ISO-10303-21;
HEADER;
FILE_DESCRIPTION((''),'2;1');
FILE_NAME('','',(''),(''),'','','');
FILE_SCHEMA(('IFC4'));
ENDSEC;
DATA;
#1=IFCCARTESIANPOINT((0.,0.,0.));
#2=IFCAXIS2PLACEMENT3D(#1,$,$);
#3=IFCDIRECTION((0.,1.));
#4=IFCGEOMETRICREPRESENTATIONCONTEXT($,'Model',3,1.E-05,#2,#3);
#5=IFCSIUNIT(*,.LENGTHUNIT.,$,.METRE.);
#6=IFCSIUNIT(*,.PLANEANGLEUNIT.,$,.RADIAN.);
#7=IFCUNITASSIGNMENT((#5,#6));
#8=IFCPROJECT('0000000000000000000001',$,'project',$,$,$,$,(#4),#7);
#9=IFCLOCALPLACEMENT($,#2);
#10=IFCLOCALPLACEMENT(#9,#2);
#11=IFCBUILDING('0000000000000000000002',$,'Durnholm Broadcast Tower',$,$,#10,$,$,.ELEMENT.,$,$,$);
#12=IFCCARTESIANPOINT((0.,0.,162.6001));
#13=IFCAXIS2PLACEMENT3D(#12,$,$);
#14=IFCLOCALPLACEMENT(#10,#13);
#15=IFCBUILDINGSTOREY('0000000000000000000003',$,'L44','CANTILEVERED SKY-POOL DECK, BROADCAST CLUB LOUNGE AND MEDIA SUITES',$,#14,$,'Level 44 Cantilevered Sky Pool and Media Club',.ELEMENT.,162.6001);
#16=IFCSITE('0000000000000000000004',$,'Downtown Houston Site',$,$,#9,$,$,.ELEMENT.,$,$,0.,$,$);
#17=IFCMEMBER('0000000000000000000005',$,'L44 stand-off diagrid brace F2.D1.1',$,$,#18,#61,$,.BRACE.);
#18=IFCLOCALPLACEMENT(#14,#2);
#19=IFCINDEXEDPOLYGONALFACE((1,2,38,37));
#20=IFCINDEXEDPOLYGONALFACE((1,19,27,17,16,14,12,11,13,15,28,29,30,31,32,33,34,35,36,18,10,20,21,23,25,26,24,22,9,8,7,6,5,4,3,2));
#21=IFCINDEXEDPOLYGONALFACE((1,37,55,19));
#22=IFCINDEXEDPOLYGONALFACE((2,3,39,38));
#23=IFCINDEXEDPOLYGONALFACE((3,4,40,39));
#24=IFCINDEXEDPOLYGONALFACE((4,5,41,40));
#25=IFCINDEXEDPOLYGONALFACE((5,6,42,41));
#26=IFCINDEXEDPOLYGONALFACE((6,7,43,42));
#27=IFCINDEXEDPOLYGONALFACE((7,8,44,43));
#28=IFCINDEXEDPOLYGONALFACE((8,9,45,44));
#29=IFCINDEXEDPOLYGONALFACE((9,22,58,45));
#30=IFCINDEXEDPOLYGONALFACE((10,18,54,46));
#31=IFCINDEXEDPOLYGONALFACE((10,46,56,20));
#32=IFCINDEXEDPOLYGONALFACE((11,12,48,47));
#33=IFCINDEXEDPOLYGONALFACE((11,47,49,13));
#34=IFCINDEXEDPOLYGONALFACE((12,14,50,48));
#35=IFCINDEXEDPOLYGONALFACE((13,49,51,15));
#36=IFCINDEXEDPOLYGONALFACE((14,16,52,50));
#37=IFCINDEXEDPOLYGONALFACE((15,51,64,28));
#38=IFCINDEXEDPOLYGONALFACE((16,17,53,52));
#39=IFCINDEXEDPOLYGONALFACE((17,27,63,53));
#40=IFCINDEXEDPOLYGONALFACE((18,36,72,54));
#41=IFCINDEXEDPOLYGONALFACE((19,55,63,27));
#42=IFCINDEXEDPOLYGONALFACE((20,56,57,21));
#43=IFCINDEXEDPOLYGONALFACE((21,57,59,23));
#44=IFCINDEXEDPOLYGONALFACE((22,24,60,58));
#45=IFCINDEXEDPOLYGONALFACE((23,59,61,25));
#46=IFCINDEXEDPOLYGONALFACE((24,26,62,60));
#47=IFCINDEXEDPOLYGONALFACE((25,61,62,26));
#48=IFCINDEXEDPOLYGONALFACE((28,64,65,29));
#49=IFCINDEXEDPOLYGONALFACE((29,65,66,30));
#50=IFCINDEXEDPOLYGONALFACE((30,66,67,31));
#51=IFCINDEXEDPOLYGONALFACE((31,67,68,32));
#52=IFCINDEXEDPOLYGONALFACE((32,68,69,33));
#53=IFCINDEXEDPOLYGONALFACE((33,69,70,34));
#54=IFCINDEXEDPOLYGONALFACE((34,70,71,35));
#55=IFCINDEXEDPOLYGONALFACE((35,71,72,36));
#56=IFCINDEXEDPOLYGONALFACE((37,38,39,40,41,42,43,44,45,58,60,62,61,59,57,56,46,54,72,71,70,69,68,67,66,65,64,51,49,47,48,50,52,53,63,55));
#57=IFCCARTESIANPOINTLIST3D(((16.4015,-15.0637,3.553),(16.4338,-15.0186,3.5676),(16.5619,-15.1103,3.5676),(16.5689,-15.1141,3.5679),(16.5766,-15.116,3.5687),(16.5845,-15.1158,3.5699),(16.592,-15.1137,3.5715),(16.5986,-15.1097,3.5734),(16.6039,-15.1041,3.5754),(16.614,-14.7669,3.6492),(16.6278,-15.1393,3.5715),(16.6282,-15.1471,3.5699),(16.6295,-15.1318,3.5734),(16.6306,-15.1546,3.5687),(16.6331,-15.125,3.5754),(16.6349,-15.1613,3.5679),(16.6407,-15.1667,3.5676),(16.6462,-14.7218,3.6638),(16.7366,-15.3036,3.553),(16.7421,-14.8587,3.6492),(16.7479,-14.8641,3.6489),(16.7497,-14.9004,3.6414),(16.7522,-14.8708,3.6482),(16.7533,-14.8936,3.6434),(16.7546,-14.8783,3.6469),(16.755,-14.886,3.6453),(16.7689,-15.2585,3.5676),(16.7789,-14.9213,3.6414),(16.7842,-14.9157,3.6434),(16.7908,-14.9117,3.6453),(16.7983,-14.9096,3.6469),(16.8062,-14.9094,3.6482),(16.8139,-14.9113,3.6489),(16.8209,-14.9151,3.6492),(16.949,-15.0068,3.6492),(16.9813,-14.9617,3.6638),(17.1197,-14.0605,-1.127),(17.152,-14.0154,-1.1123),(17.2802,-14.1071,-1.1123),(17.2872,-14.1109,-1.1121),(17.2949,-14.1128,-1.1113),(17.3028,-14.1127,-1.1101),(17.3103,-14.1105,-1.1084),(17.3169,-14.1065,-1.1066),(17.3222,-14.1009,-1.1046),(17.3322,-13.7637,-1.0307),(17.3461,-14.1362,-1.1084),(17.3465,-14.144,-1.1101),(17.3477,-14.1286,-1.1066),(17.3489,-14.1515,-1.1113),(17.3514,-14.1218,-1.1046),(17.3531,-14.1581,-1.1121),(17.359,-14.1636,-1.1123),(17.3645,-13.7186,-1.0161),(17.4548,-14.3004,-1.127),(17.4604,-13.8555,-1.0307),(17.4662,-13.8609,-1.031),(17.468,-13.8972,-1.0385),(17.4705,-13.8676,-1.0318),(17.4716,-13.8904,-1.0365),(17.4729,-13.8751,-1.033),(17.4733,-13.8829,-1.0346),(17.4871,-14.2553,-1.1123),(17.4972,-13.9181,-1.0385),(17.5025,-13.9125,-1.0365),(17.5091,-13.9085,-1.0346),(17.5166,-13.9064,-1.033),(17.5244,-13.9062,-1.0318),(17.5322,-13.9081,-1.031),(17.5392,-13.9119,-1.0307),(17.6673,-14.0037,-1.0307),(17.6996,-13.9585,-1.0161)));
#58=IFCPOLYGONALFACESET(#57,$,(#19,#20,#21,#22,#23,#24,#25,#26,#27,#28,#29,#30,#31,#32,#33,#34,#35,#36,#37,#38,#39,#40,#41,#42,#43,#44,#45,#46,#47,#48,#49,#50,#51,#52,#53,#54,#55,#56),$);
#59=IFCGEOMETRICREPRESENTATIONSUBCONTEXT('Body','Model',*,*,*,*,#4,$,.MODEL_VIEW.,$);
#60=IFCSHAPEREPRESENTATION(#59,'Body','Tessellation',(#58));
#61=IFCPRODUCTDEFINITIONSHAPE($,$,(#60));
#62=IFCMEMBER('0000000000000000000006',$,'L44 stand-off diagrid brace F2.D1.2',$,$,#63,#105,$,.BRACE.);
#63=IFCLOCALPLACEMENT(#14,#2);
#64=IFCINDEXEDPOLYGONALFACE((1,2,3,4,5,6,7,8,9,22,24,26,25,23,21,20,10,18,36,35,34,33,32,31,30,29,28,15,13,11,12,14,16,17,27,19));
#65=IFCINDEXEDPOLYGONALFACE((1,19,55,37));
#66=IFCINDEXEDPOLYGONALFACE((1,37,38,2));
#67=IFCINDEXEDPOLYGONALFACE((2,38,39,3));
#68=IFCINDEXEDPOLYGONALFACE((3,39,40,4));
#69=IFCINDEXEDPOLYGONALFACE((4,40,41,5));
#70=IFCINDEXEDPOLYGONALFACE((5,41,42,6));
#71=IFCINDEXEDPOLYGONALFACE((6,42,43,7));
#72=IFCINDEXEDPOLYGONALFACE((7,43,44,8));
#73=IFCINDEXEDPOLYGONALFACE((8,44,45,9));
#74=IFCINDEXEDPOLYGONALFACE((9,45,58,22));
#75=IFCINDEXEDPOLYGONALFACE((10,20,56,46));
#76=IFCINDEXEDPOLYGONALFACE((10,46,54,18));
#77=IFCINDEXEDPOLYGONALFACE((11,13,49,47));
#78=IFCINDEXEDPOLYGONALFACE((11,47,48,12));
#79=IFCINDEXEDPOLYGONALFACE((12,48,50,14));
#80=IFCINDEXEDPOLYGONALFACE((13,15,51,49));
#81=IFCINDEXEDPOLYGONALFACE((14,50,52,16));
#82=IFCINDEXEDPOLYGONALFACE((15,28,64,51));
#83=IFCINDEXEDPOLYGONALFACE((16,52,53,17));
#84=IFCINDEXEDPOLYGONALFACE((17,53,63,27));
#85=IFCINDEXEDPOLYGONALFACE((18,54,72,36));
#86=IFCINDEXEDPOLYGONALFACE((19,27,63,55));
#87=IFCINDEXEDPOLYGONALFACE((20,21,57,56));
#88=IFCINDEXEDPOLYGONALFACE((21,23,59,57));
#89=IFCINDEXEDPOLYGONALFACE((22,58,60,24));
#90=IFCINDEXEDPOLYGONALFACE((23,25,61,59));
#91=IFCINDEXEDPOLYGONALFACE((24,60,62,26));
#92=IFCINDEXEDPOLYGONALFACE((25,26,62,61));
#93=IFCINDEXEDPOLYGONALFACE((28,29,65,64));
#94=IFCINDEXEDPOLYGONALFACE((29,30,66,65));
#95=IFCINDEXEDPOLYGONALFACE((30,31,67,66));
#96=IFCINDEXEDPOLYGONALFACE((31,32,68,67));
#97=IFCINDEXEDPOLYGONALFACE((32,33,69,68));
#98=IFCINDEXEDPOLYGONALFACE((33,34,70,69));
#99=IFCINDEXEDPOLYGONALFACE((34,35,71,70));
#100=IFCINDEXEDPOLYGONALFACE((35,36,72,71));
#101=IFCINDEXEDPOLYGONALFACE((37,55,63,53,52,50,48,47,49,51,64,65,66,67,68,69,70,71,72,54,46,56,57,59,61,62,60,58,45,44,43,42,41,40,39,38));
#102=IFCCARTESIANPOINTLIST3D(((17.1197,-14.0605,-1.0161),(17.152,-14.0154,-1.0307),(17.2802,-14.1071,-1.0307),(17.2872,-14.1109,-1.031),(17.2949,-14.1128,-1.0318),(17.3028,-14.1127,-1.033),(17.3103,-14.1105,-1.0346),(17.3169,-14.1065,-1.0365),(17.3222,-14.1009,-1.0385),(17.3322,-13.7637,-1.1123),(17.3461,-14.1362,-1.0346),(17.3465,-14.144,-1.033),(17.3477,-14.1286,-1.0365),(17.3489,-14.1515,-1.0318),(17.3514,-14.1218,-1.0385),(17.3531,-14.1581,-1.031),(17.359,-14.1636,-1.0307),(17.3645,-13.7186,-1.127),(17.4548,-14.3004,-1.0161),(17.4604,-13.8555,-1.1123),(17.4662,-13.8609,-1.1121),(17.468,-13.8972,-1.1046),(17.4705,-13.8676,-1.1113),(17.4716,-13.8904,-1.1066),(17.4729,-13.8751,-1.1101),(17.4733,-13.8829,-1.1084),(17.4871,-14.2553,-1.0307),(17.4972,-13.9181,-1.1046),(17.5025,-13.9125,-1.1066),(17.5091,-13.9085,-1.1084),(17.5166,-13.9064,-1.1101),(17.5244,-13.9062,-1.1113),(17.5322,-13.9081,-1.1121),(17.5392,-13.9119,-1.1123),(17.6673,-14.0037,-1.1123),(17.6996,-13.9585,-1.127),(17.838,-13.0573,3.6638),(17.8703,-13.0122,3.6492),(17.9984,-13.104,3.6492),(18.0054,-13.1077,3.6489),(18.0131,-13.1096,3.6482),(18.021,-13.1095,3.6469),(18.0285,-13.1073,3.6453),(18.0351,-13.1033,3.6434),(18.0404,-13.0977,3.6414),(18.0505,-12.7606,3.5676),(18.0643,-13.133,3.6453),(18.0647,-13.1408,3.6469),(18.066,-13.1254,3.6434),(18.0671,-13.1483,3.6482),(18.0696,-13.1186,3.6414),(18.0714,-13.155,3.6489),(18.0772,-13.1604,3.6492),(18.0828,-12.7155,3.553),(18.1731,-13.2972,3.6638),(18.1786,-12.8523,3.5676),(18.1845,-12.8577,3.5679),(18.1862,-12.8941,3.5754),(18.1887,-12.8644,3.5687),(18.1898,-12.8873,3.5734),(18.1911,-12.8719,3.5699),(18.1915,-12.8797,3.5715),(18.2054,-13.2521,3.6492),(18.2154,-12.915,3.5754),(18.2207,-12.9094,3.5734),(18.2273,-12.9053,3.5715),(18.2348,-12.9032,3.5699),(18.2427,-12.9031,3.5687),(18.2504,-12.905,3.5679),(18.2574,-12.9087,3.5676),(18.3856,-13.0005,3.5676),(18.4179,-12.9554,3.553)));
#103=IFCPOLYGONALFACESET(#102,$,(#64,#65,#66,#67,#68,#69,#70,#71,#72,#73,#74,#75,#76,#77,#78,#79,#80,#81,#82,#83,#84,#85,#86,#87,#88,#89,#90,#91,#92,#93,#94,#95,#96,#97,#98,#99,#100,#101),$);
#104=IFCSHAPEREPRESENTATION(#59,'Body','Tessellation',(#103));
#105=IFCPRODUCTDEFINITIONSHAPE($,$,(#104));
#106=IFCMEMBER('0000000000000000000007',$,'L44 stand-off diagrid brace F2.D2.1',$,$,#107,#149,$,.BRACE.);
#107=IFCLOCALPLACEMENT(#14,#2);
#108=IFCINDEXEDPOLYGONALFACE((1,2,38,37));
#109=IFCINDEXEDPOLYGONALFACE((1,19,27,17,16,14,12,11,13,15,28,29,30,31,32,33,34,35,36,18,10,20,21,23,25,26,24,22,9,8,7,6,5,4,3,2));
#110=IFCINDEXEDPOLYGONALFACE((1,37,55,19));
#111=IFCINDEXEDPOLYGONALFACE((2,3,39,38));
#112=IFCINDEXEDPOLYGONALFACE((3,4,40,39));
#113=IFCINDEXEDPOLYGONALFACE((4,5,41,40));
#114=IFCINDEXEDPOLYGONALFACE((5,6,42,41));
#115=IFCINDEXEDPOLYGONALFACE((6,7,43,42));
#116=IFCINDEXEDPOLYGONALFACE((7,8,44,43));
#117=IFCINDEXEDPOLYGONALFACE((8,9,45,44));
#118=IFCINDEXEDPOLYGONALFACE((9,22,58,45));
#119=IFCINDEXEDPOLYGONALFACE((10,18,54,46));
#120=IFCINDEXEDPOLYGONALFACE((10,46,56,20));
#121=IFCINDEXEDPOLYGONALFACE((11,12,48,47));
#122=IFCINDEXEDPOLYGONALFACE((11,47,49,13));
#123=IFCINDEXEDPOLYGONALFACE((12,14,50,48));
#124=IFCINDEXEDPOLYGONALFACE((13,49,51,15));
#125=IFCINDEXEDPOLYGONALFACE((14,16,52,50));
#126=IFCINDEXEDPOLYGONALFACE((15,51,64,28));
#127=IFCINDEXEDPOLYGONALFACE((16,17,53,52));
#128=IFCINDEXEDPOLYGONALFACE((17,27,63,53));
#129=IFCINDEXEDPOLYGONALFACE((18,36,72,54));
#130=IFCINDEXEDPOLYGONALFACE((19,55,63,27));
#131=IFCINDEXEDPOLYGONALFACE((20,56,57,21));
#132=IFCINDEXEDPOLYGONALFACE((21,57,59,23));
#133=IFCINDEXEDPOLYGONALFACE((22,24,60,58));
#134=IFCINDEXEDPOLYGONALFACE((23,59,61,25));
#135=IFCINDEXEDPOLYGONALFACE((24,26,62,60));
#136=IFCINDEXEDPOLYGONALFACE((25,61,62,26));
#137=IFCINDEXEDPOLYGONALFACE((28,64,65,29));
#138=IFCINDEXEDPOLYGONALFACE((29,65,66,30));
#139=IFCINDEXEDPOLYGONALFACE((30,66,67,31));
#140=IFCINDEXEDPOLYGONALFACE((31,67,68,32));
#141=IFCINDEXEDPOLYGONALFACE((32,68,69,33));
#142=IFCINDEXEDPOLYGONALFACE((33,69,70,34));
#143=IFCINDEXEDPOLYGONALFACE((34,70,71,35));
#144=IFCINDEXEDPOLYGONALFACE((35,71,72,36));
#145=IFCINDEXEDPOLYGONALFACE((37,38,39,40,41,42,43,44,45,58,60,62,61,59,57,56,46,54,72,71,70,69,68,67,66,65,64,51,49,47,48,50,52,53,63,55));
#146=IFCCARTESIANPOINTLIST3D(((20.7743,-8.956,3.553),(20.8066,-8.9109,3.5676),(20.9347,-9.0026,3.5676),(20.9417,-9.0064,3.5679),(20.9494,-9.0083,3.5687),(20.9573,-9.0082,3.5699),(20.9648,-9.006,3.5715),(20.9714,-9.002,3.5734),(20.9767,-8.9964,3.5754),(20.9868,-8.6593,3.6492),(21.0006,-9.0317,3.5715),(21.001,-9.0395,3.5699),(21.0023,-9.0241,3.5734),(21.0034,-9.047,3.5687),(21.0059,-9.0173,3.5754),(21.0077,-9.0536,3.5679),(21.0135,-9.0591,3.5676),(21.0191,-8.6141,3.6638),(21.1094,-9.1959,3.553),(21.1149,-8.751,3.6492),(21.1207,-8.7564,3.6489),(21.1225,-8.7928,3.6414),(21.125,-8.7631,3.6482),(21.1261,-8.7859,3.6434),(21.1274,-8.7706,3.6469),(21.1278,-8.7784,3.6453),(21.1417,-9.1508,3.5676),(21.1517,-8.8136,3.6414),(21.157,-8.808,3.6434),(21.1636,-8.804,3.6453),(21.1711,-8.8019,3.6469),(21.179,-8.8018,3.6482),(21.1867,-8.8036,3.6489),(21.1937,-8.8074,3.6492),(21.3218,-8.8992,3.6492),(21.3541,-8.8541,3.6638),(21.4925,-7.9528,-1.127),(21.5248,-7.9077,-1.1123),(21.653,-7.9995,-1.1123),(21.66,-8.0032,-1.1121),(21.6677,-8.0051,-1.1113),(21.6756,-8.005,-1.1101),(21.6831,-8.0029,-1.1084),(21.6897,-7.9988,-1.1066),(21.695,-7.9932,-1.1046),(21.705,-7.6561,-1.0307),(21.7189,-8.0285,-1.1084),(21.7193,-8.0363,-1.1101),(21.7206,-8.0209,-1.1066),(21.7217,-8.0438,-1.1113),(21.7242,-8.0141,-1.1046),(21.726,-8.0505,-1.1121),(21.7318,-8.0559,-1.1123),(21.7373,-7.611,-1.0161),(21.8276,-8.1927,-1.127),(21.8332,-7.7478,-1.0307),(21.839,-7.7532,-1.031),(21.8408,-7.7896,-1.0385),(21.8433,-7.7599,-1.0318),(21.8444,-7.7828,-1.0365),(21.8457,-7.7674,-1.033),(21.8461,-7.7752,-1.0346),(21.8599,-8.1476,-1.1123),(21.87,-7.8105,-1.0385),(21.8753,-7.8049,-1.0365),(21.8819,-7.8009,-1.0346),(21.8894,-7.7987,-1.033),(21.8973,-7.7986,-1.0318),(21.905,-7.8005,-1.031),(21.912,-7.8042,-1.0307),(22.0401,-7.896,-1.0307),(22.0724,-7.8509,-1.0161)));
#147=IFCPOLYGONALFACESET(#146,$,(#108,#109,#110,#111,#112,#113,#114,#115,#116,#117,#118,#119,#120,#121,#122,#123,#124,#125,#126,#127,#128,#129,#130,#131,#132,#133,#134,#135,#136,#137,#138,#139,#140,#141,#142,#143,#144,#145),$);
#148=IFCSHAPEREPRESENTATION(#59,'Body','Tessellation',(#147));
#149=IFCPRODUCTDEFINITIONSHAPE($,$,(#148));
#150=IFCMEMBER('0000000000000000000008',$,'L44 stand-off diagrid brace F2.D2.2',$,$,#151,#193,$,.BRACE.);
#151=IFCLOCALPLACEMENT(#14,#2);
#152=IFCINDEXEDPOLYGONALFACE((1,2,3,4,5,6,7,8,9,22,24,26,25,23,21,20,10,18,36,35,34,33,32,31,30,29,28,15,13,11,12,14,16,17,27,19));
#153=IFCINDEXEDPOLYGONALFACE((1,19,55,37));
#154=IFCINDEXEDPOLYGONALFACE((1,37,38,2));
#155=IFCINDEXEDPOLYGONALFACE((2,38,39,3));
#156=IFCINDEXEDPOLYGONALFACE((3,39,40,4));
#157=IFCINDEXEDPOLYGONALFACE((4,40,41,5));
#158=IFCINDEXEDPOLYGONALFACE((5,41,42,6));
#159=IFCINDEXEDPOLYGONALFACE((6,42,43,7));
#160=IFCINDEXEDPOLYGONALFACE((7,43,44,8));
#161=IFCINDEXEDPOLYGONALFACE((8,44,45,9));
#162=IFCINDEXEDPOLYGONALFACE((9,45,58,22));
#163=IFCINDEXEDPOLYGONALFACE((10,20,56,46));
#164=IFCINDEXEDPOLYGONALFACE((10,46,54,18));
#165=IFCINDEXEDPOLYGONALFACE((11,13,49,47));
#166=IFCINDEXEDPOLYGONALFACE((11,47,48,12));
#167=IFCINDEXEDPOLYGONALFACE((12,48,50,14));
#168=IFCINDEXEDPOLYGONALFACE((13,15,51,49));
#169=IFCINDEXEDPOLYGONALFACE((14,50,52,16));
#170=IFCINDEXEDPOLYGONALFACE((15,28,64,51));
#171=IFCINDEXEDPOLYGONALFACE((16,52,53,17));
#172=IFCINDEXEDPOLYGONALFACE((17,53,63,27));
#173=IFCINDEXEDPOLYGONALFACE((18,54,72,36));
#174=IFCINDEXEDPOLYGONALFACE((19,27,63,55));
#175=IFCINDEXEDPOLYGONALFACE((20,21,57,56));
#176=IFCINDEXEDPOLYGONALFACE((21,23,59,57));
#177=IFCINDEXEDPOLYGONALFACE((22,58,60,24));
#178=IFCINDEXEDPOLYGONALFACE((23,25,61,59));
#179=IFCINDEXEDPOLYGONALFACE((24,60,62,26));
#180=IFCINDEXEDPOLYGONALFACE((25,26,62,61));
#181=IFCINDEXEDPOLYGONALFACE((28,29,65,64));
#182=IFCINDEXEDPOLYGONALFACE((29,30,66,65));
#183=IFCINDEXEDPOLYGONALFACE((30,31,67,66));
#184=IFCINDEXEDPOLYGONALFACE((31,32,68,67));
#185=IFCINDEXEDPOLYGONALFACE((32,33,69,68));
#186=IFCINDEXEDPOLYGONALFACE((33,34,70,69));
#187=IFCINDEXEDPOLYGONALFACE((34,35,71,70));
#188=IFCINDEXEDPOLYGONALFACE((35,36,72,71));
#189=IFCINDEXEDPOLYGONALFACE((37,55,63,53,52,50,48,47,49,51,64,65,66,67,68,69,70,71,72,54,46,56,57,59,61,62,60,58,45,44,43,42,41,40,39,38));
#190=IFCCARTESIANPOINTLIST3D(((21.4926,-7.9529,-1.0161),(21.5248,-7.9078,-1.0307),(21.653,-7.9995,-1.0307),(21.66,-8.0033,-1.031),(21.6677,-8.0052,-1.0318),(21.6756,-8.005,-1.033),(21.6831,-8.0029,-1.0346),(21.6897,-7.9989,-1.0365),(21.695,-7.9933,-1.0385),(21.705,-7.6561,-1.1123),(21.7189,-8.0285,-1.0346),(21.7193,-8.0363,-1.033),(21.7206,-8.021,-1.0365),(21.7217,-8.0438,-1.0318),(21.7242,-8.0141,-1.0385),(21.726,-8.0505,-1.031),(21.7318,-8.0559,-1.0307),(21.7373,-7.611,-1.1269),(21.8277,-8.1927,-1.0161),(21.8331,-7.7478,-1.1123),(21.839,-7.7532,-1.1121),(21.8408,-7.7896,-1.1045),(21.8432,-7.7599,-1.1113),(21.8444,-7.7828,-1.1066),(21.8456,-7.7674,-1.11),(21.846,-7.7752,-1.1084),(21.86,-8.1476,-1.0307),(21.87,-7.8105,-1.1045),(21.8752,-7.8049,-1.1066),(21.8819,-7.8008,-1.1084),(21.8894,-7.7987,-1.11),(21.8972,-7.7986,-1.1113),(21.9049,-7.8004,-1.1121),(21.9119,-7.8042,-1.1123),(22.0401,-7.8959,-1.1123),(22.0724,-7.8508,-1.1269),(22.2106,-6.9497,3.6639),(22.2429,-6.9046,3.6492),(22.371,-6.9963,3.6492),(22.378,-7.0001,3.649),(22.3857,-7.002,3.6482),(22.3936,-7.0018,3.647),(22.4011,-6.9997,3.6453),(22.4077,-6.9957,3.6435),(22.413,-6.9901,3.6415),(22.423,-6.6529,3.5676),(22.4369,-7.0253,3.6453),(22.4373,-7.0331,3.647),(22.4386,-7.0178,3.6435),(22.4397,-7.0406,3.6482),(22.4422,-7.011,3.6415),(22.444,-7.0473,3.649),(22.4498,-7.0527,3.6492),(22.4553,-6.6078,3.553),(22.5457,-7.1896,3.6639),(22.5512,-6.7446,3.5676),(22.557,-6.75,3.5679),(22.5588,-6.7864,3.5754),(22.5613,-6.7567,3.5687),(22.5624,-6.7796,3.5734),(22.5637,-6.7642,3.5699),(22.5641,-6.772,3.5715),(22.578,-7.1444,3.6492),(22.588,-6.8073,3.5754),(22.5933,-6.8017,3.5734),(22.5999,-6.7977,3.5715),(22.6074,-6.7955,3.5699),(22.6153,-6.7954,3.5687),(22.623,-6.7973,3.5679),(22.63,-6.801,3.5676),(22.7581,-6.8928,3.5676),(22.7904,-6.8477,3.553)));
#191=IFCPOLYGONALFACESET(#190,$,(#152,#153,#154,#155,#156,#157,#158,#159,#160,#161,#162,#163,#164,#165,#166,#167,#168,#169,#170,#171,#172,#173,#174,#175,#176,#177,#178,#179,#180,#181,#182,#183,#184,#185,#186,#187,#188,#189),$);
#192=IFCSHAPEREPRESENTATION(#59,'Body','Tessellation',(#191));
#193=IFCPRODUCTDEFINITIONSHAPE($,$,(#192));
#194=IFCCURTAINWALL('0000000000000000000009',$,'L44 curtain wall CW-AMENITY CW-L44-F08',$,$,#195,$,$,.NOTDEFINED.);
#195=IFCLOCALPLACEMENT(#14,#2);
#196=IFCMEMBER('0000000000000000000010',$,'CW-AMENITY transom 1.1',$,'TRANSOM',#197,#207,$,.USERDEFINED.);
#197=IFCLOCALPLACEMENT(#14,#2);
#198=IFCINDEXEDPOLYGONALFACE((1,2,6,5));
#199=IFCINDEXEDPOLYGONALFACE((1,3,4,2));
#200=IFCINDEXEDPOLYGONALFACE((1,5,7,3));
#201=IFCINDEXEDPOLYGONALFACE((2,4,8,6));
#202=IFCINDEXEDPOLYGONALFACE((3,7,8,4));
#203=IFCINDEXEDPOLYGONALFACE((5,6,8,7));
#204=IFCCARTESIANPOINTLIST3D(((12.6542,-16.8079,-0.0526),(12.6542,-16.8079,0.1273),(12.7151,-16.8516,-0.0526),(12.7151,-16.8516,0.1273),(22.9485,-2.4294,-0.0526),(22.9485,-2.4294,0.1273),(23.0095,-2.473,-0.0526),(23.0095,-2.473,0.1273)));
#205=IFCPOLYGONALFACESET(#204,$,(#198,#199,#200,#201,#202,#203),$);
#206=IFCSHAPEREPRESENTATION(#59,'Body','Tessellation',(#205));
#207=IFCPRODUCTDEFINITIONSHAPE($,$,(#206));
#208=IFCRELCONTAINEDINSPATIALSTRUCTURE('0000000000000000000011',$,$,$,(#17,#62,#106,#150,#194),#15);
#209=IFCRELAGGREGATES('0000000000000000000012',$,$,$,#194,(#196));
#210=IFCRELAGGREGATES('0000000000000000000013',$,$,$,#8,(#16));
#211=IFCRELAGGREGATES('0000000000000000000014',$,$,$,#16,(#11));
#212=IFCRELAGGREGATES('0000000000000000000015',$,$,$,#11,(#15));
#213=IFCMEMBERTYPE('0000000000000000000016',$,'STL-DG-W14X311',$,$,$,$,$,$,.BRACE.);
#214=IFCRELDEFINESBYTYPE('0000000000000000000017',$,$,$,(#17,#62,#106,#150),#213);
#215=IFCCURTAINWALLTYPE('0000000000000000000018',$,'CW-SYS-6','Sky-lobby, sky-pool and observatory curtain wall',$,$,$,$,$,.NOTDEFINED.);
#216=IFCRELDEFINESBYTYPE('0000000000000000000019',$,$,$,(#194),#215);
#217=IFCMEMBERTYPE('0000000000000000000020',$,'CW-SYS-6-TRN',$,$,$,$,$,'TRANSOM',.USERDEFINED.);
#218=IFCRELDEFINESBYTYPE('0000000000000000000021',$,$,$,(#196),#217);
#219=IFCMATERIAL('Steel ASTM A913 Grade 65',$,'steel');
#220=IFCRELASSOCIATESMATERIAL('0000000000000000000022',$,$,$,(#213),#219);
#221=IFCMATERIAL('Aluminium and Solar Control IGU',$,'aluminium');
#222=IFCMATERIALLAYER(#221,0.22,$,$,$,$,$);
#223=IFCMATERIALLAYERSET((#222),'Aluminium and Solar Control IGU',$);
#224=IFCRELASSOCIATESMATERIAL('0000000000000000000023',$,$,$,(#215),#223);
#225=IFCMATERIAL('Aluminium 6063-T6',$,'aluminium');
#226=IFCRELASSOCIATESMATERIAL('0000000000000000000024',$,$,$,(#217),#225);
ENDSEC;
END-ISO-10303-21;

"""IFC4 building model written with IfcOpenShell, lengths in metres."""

from ifc_helpers import new_model, si_unit, direction, frame, origin, origin_2d, place, context, subcontext, project, spatial, rectangle, i_section, extrude, source, transform, mapped, material, layer, layer_set, material_profile, profile_set, type_object, type_shapes, element, aggregate, save


model = new_model("IFC4")

# Units and contexts
model_context = context("Model", 3, precision=1e-05, world=origin(), true_north=direction((0.0, 1.0)))
body_context = subcontext(model_context, "Body", "Model", "MODEL_VIEW")
ifc_project = project(units=[si_unit("LENGTHUNIT", "METRE"), si_unit("PLANEANGLEUNIT", "RADIAN")], contexts=[model_context])

# Site, building, storey
site_placement = place(None, origin())
site = spatial("IfcSite", under=ifc_project, at=site_placement, Name="Downtown Houston Site", CompositionType="ELEMENT", RefElevation=0.0)
building_placement = place(site_placement, origin())
building = spatial("IfcBuilding", under=site, at=building_placement, Name="Durnholm Broadcast Tower", CompositionType="ELEMENT")
storey_placement = place(building_placement, frame((0.0, 0.0, 162.6001)))
storey = spatial("IfcBuildingStorey", under=building, at=storey_placement, Name="L44", Description="CANTILEVERED SKY-POOL DECK, BROADCAST CLUB LOUNGE AND MEDIA SUITES", LongName="Level 44 Cantilevered Sky Pool and Media Club", CompositionType="ELEMENT", Elevation=162.6001)

# Members
ifc_material_1 = material(Name="Steel ASTM A913 Grade 65", Category="steel")
ifc_material_profile_1 = material_profile(ifc_material_1, i_section(OverallWidth=0.4121, OverallDepth=0.4348, WebThickness=0.0359, FlangeThickness=0.0574, FilletRadius=0.0305, at=origin_2d()), Name="W14X311")
ifc_profile_set_1 = profile_set([ifc_material_profile_1], Name="Steel ASTM A913 Grade 65")
member_type_1 = type_object("IfcMemberType", Name="STL-DG-W14X311", PredefinedType="BRACE", material=ifc_profile_set_1)
shared_shape_1 = source(origin(), body_context, "Body", "SweptSolid", [
    extrude(i_section(OverallWidth=0.4121, OverallDepth=0.4348, WebThickness=0.0359, FlangeThickness=0.0574, FilletRadius=0.0305, at=origin_2d()), origin(), (0.0, 0.0, 1.0), 4.8398),
])
type_shapes(member_type_1, [shared_shape_1])
for number, where, z_axis, x_axis, name in (
    (1, (17.4097, -14.0095, -1.0715), (-0.148406, -0.207274, 0.966961), (0.813078, -0.582155, 0.0), "L44 stand-off diagrid brace F2.D1.1"),
    (2, (17.4097, -14.0095, -1.0715), (0.148406, 0.207274, 0.966961), (-0.813078, 0.582155, 0.0), "L44 stand-off diagrid brace F2.D1.2"),
    (3, (21.7825, -7.9019, -1.0715), (-0.148406, -0.207274, 0.966961), (0.813078, -0.582155, 0.0), "L44 stand-off diagrid brace F2.D2.1"),
    (4, (21.7825, -7.9019, -1.0715), (0.148357, 0.207276, 0.966968), (-0.813171, 0.582024, 0.0), "L44 stand-off diagrid brace F2.D2.2"),
):
    element("IfcMember", number, at=place(storey_placement, frame(where, z_axis=z_axis, x_axis=x_axis)), inside=storey, type_object=member_type_1, Name=name, PredefinedType="BRACE", context=body_context, shape_type="MappedRepresentation", body=[
        mapped(shared_shape_1, transform((0.0, 0.0, 0.0), x_axis=(1.0, 0.0, 0.0), y_axis=(0.0, 1.0, 0.0), z_axis=(0.0, 0.0, 1.0), scale=1.0)),
    ])

# Curtain wall, member
ifc_material_2 = material(Name="Aluminium and Solar Control IGU", Category="aluminium")
ifc_layer_1 = layer(ifc_material_2, 0.22)
ifc_layer_set_1 = layer_set([ifc_layer_1], Name="Aluminium and Solar Control IGU")
curtain_wall_type_1 = type_object("IfcCurtainWallType", Name="CW-SYS-6", Description="Sky-lobby, sky-pool and observatory curtain wall", PredefinedType="NOTDEFINED", material=ifc_layer_set_1)
curtain_wall_1_placement = place(storey_placement, origin())
curtain_wall_1 = element("IfcCurtainWall", 5, at=curtain_wall_1_placement, inside=storey, type_object=curtain_wall_type_1, Name="L44 curtain wall CW-AMENITY CW-L44-F08", PredefinedType="NOTDEFINED")
ifc_material_3 = material(Name="Aluminium 6063-T6", Category="aluminium")
ifc_material_profile_2 = material_profile(ifc_material_3, rectangle(XDim=0.075, YDim=0.1799, at=origin_2d()), Name="CWT75X180")
ifc_profile_set_2 = profile_set([ifc_material_profile_2], Name="Aluminium 6063-T6")
member_type_2 = type_object("IfcMemberType", Name="CW-SYS-6-TRN", ElementType="TRANSOM", PredefinedType="USERDEFINED", material=ifc_profile_set_2)
shared_shape_2 = source(origin(), body_context, "Body", "SweptSolid", [
    extrude(rectangle(XDim=0.075, YDim=0.1799, at=origin_2d()), origin(), (0.0, 0.0, 1.0), 17.6838),
])
type_shapes(member_type_2, [shared_shape_2])
member_1_placement = place(storey_placement, frame((22.979, -2.4512, 0.0374), z_axis=(-0.582135, -0.813092, 0.0), x_axis=(0.813092, -0.582135, 0.0)))
member_1 = element("IfcMember", 6, at=member_1_placement, type_object=member_type_2, Name="CW-AMENITY transom 1.1", ObjectType="TRANSOM", PredefinedType="USERDEFINED", context=body_context, shape_type="MappedRepresentation", body=[
    mapped(shared_shape_2, transform((0.0, 0.0, 0.0), x_axis=(1.0, 0.0, 0.0), y_axis=(0.0, 1.0, 0.0), z_axis=(0.0, 0.0, 1.0), scale=1.0)),
])

aggregate(curtain_wall_1, [member_1])

save(model, "model.ifc")
